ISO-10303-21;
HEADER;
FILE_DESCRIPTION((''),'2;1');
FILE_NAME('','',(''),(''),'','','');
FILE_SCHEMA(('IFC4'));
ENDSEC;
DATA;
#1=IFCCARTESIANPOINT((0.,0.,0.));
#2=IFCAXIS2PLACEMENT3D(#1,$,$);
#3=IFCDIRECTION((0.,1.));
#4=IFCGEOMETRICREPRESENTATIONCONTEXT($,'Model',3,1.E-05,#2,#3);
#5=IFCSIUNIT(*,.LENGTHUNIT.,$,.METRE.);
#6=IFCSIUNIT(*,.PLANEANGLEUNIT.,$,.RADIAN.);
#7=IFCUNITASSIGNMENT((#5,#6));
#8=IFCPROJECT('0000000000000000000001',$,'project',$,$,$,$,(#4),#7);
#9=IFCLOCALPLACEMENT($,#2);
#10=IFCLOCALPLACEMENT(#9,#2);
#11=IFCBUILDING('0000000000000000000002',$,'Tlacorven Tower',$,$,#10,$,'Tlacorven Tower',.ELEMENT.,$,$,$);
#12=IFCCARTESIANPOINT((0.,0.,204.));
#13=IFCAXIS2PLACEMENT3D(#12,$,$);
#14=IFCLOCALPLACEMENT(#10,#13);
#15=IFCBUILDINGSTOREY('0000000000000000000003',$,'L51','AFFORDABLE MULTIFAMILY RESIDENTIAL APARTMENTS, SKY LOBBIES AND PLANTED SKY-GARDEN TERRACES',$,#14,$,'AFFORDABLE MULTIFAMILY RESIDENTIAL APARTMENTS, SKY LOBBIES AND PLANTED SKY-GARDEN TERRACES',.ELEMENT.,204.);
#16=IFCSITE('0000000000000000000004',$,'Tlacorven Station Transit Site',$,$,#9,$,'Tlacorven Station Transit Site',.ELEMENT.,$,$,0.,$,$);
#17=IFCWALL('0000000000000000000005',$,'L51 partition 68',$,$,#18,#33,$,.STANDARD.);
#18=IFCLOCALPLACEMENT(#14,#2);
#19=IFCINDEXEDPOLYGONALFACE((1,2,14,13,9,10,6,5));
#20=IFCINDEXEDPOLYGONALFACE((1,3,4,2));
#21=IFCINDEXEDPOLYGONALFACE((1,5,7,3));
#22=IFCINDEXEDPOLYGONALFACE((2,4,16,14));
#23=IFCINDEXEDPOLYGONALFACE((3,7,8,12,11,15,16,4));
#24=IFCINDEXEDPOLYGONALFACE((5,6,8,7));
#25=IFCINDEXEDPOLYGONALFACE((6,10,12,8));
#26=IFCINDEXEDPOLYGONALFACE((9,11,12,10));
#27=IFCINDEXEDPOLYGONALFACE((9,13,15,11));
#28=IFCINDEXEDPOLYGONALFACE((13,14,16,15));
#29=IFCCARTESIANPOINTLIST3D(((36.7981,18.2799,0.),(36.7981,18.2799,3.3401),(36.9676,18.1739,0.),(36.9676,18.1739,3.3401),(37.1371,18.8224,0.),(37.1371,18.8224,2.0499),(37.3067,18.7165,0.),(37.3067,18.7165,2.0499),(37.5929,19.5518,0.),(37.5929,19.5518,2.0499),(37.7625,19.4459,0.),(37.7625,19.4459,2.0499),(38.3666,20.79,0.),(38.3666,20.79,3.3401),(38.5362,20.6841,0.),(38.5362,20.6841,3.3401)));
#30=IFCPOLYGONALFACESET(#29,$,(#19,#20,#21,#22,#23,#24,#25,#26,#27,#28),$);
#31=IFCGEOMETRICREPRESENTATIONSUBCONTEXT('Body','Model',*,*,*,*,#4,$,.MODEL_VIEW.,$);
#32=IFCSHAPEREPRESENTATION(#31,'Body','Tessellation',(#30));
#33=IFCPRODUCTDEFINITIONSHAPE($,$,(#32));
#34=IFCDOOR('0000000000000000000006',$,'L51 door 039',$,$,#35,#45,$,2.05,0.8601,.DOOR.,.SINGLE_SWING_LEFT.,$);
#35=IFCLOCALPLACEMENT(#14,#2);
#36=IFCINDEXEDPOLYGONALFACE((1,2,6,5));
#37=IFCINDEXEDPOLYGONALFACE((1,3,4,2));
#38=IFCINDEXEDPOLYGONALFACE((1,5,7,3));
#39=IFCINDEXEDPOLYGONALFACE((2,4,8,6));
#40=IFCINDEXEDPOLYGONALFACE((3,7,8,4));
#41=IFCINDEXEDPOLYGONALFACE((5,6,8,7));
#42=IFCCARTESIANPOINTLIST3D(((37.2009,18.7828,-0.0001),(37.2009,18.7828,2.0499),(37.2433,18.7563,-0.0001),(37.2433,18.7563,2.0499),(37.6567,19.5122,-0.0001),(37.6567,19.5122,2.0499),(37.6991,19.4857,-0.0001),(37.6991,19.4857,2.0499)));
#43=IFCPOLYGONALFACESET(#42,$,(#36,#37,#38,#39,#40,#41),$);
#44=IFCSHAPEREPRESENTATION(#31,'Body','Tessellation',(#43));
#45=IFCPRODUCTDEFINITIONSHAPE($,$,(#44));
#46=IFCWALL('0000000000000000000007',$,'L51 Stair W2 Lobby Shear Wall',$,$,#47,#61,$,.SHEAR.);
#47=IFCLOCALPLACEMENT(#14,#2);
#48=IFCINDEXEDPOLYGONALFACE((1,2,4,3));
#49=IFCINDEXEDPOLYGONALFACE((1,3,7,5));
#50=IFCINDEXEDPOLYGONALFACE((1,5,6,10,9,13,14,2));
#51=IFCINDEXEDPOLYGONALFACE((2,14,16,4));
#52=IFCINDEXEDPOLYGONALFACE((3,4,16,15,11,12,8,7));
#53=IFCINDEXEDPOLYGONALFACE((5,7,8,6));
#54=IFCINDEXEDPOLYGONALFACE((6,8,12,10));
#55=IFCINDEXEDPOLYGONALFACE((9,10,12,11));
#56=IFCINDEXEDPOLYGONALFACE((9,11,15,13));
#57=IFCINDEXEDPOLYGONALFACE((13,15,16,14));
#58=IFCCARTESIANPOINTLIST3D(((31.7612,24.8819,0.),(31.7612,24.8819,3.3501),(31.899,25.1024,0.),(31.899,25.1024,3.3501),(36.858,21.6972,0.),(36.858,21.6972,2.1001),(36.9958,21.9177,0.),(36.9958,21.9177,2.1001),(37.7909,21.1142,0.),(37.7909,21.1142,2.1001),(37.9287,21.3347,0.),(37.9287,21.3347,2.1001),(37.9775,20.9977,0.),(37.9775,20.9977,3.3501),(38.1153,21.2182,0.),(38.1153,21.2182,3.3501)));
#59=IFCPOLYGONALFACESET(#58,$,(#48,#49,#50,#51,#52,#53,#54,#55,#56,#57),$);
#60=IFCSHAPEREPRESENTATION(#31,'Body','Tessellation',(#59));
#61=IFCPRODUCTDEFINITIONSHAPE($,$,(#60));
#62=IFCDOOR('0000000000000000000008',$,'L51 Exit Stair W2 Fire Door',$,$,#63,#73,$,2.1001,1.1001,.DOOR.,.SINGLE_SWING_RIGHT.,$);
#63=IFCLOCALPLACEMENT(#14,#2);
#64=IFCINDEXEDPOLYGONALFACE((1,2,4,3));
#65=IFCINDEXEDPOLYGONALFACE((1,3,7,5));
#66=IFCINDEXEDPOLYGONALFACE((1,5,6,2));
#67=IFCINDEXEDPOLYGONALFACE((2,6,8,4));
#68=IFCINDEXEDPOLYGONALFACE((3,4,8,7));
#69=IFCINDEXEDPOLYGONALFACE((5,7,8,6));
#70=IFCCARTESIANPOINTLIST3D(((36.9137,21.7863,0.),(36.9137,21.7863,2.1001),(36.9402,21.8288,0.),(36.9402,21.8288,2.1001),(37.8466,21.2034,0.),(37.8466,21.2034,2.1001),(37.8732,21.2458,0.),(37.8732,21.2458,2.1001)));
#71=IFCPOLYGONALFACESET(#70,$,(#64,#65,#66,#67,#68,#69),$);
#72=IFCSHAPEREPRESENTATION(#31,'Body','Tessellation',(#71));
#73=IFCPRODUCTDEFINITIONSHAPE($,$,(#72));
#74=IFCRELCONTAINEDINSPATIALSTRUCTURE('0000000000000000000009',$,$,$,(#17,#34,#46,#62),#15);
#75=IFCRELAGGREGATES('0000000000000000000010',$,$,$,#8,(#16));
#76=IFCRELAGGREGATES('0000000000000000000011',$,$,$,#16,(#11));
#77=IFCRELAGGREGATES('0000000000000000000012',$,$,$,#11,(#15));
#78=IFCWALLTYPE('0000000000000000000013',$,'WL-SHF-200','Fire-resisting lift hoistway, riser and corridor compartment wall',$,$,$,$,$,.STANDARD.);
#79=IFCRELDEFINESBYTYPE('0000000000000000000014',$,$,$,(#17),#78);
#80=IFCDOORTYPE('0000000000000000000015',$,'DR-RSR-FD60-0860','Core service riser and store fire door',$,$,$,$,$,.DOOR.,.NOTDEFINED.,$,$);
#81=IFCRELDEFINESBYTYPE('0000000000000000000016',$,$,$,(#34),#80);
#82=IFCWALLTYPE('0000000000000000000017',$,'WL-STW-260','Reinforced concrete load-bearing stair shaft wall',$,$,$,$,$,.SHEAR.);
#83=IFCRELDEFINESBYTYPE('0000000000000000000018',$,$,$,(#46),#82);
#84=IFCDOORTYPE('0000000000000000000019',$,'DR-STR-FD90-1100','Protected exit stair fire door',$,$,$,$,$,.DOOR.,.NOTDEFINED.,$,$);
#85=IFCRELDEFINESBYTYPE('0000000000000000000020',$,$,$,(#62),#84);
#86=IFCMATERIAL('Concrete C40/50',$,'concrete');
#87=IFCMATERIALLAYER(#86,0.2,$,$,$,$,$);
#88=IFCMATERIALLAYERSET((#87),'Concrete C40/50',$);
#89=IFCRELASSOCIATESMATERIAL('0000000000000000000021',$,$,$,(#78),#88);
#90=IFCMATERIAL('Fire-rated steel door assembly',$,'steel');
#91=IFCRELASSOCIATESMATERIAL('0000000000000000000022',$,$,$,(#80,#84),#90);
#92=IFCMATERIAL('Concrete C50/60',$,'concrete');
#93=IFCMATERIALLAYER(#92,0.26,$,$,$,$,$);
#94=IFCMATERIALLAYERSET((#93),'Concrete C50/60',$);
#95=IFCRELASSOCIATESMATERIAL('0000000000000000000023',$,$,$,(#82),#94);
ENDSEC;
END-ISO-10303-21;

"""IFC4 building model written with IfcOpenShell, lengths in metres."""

from ifc_helpers import new_model, si_unit, direction, frame, frame_2d, origin, place, context, subcontext, project, spatial, rectangle, extrude, source, transform, mapped, material, layer, layer_set, type_object, element, fill, save


model = new_model("IFC4")

# Units and contexts
model_context = context("Model", 3, precision=1e-05, world=origin(), true_north=direction((0.0, 1.0)))
body_context = subcontext(model_context, "Body", "Model", "MODEL_VIEW")
ifc_project = project(units=[si_unit("LENGTHUNIT", "METRE"), si_unit("PLANEANGLEUNIT", "RADIAN")], contexts=[model_context])

# Site, building, storey
site_placement = place(None, origin())
site = spatial("IfcSite", under=ifc_project, at=site_placement, Name="Tlacorven Station Transit Site", LongName="Tlacorven Station Transit Site", CompositionType="ELEMENT", RefElevation=0.0)
building_placement = place(site_placement, origin())
building = spatial("IfcBuilding", under=site, at=building_placement, Name="Tlacorven Tower", LongName="Tlacorven Tower", CompositionType="ELEMENT")
storey_placement = place(building_placement, frame((0.0, 0.0, 204.0)))
storey = spatial("IfcBuildingStorey", under=building, at=storey_placement, Name="L51", Description="AFFORDABLE MULTIFAMILY RESIDENTIAL APARTMENTS, SKY LOBBIES AND PLANTED SKY-GARDEN TERRACES", LongName="AFFORDABLE MULTIFAMILY RESIDENTIAL APARTMENTS, SKY LOBBIES AND PLANTED SKY-GARDEN TERRACES", CompositionType="ELEMENT", Elevation=204.0)

# Walls, openings, doors
ifc_material_1 = material(Name="Concrete C40/50", Category="concrete")
ifc_layer_1 = layer(ifc_material_1, 0.2)
ifc_layer_set_1 = layer_set([ifc_layer_1], Name="Concrete C40/50")
wall_type_1 = type_object("IfcWallType", Name="WL-SHF-200", Description="Fire-resisting lift hoistway, riser and corridor compartment wall", PredefinedType="STANDARD", material=ifc_layer_set_1)
ifc_material_2 = material(Name="Fire-rated steel door assembly", Category="steel")
wall_1_placement = place(storey_placement, frame((38.4514, 20.7371, 0.0), z_axis=(0.0, 0.0, 1.0), x_axis=(-0.529925, -0.848045, 0.0)))
wall_1 = element("IfcWall", 1, at=wall_1_placement, inside=storey, type_object=wall_type_1, Name="L51 partition 68", PredefinedType="STANDARD", context=body_context, shape_type="SweptSolid", body=[
    extrude(rectangle(XDim=2.96, YDim=0.2, at=frame_2d((1.48, 0.0))), origin(), (0.0, 0.0, 1.0), 3.3401),
])
opening_1_placement = place(wall_1_placement, frame((1.46, 0.0, 0.0)))
opening_1 = element("IfcOpeningElement", 2, at=opening_1_placement, cuts=wall_1, PredefinedType="OPENING", context=body_context, shape_type="SweptSolid", body=[
    extrude(rectangle(XDim=0.8601, YDim=2.05, at=frame_2d((0.4302, 1.0249))), frame((0.0, 0.1099, 0.0), z_axis=(0.0, -1.0, 0.0), x_axis=(1.0, 0.0, 0.0)), (0.0, 0.0, 1.0), 0.22),
])
door_type_1 = type_object("IfcDoorType", Name="DR-RSR-FD60-0860", Description="Core service riser and store fire door", OperationType="NOTDEFINED", PredefinedType="DOOR", material=ifc_material_2)
shared_shape_1 = source(origin(), body_context, "Body", "SweptSolid", [
    extrude(rectangle(XDim=0.8601, YDim=2.05, at=frame_2d((0.4302, 1.0249))), frame((0.0, 0.0249, 0.0), z_axis=(0.0, -1.0, 0.0), x_axis=(1.0, 0.0, 0.0)), (0.0, 0.0, 1.0), 0.05),
])
door_1_placement = place(opening_1_placement, frame((0.8601, 0.0, 0.0), z_axis=(0.0, 0.0, 1.0), x_axis=(-1.0, 0.0, 0.0)))
door_1 = element("IfcDoor", 3, at=door_1_placement, inside=storey, type_object=door_type_1, Name="L51 door 039", OperationType="SINGLE_SWING_LEFT", OverallHeight=2.05, OverallWidth=0.8601, PredefinedType="DOOR", context=body_context, shape_type="MappedRepresentation", body=[
    mapped(shared_shape_1, transform((0.0, 0.0, 0.0), scale=1.0)),
])
fill(opening_1, door_1)
ifc_material_3 = material(Name="Concrete C50/60", Category="concrete")
ifc_layer_2 = layer(ifc_material_3, 0.26)
ifc_layer_set_2 = layer_set([ifc_layer_2], Name="Concrete C50/60")
wall_type_2 = type_object("IfcWallType", Name="WL-STW-260", Description="Reinforced concrete load-bearing stair shaft wall", PredefinedType="SHEAR", material=ifc_layer_set_2)
wall_2_placement = place(storey_placement, frame((38.0464, 21.1079, 0.0), z_axis=(0.0, 0.0, 1.0), x_axis=(-0.848054, 0.529909, 0.0)))
wall_2 = element("IfcWall", 4, at=wall_2_placement, inside=storey, type_object=wall_type_2, Name="L51 Stair W2 Lobby Shear Wall", PredefinedType="SHEAR", context=body_context, shape_type="SweptSolid", body=[
    extrude(rectangle(XDim=7.3301, YDim=0.26, at=frame_2d((3.665, 0.0))), origin(), (0.0, 0.0, 1.0), 3.3501),
])
opening_2_placement = place(wall_2_placement, frame((0.22, 0.0, 0.0)))
opening_2 = element("IfcOpeningElement", 5, at=opening_2_placement, cuts=wall_2, PredefinedType="OPENING", context=body_context, shape_type="SweptSolid", body=[
    extrude(rectangle(XDim=1.1001, YDim=2.1001, at=frame_2d((0.55, 1.05))), frame((0.0, 0.1401, 0.0), z_axis=(0.0, -1.0, 0.0), x_axis=(1.0, 0.0, 0.0)), (0.0, 0.0, 1.0), 0.28),
])
door_type_2 = type_object("IfcDoorType", Name="DR-STR-FD90-1100", Description="Protected exit stair fire door", OperationType="NOTDEFINED", PredefinedType="DOOR", material=ifc_material_2)
shared_shape_2 = source(origin(), body_context, "Body", "SweptSolid", [
    extrude(rectangle(XDim=1.1001, YDim=2.1001, at=frame_2d((0.55, 1.05))), frame((0.0, 0.0249, 0.0), z_axis=(0.0, -1.0, 0.0), x_axis=(1.0, 0.0, 0.0)), (0.0, 0.0, 1.0), 0.05),
])
door_2_placement = place(opening_2_placement, origin())
door_2 = element("IfcDoor", 6, at=door_2_placement, inside=storey, type_object=door_type_2, Name="L51 Exit Stair W2 Fire Door", OperationType="SINGLE_SWING_RIGHT", OverallHeight=2.1001, OverallWidth=1.1001, PredefinedType="DOOR", context=body_context, shape_type="MappedRepresentation", body=[
    mapped(shared_shape_2, transform((0.0, 0.0, 0.0), scale=1.0)),
])
fill(opening_2, door_2)

save(model, "model.ifc")
